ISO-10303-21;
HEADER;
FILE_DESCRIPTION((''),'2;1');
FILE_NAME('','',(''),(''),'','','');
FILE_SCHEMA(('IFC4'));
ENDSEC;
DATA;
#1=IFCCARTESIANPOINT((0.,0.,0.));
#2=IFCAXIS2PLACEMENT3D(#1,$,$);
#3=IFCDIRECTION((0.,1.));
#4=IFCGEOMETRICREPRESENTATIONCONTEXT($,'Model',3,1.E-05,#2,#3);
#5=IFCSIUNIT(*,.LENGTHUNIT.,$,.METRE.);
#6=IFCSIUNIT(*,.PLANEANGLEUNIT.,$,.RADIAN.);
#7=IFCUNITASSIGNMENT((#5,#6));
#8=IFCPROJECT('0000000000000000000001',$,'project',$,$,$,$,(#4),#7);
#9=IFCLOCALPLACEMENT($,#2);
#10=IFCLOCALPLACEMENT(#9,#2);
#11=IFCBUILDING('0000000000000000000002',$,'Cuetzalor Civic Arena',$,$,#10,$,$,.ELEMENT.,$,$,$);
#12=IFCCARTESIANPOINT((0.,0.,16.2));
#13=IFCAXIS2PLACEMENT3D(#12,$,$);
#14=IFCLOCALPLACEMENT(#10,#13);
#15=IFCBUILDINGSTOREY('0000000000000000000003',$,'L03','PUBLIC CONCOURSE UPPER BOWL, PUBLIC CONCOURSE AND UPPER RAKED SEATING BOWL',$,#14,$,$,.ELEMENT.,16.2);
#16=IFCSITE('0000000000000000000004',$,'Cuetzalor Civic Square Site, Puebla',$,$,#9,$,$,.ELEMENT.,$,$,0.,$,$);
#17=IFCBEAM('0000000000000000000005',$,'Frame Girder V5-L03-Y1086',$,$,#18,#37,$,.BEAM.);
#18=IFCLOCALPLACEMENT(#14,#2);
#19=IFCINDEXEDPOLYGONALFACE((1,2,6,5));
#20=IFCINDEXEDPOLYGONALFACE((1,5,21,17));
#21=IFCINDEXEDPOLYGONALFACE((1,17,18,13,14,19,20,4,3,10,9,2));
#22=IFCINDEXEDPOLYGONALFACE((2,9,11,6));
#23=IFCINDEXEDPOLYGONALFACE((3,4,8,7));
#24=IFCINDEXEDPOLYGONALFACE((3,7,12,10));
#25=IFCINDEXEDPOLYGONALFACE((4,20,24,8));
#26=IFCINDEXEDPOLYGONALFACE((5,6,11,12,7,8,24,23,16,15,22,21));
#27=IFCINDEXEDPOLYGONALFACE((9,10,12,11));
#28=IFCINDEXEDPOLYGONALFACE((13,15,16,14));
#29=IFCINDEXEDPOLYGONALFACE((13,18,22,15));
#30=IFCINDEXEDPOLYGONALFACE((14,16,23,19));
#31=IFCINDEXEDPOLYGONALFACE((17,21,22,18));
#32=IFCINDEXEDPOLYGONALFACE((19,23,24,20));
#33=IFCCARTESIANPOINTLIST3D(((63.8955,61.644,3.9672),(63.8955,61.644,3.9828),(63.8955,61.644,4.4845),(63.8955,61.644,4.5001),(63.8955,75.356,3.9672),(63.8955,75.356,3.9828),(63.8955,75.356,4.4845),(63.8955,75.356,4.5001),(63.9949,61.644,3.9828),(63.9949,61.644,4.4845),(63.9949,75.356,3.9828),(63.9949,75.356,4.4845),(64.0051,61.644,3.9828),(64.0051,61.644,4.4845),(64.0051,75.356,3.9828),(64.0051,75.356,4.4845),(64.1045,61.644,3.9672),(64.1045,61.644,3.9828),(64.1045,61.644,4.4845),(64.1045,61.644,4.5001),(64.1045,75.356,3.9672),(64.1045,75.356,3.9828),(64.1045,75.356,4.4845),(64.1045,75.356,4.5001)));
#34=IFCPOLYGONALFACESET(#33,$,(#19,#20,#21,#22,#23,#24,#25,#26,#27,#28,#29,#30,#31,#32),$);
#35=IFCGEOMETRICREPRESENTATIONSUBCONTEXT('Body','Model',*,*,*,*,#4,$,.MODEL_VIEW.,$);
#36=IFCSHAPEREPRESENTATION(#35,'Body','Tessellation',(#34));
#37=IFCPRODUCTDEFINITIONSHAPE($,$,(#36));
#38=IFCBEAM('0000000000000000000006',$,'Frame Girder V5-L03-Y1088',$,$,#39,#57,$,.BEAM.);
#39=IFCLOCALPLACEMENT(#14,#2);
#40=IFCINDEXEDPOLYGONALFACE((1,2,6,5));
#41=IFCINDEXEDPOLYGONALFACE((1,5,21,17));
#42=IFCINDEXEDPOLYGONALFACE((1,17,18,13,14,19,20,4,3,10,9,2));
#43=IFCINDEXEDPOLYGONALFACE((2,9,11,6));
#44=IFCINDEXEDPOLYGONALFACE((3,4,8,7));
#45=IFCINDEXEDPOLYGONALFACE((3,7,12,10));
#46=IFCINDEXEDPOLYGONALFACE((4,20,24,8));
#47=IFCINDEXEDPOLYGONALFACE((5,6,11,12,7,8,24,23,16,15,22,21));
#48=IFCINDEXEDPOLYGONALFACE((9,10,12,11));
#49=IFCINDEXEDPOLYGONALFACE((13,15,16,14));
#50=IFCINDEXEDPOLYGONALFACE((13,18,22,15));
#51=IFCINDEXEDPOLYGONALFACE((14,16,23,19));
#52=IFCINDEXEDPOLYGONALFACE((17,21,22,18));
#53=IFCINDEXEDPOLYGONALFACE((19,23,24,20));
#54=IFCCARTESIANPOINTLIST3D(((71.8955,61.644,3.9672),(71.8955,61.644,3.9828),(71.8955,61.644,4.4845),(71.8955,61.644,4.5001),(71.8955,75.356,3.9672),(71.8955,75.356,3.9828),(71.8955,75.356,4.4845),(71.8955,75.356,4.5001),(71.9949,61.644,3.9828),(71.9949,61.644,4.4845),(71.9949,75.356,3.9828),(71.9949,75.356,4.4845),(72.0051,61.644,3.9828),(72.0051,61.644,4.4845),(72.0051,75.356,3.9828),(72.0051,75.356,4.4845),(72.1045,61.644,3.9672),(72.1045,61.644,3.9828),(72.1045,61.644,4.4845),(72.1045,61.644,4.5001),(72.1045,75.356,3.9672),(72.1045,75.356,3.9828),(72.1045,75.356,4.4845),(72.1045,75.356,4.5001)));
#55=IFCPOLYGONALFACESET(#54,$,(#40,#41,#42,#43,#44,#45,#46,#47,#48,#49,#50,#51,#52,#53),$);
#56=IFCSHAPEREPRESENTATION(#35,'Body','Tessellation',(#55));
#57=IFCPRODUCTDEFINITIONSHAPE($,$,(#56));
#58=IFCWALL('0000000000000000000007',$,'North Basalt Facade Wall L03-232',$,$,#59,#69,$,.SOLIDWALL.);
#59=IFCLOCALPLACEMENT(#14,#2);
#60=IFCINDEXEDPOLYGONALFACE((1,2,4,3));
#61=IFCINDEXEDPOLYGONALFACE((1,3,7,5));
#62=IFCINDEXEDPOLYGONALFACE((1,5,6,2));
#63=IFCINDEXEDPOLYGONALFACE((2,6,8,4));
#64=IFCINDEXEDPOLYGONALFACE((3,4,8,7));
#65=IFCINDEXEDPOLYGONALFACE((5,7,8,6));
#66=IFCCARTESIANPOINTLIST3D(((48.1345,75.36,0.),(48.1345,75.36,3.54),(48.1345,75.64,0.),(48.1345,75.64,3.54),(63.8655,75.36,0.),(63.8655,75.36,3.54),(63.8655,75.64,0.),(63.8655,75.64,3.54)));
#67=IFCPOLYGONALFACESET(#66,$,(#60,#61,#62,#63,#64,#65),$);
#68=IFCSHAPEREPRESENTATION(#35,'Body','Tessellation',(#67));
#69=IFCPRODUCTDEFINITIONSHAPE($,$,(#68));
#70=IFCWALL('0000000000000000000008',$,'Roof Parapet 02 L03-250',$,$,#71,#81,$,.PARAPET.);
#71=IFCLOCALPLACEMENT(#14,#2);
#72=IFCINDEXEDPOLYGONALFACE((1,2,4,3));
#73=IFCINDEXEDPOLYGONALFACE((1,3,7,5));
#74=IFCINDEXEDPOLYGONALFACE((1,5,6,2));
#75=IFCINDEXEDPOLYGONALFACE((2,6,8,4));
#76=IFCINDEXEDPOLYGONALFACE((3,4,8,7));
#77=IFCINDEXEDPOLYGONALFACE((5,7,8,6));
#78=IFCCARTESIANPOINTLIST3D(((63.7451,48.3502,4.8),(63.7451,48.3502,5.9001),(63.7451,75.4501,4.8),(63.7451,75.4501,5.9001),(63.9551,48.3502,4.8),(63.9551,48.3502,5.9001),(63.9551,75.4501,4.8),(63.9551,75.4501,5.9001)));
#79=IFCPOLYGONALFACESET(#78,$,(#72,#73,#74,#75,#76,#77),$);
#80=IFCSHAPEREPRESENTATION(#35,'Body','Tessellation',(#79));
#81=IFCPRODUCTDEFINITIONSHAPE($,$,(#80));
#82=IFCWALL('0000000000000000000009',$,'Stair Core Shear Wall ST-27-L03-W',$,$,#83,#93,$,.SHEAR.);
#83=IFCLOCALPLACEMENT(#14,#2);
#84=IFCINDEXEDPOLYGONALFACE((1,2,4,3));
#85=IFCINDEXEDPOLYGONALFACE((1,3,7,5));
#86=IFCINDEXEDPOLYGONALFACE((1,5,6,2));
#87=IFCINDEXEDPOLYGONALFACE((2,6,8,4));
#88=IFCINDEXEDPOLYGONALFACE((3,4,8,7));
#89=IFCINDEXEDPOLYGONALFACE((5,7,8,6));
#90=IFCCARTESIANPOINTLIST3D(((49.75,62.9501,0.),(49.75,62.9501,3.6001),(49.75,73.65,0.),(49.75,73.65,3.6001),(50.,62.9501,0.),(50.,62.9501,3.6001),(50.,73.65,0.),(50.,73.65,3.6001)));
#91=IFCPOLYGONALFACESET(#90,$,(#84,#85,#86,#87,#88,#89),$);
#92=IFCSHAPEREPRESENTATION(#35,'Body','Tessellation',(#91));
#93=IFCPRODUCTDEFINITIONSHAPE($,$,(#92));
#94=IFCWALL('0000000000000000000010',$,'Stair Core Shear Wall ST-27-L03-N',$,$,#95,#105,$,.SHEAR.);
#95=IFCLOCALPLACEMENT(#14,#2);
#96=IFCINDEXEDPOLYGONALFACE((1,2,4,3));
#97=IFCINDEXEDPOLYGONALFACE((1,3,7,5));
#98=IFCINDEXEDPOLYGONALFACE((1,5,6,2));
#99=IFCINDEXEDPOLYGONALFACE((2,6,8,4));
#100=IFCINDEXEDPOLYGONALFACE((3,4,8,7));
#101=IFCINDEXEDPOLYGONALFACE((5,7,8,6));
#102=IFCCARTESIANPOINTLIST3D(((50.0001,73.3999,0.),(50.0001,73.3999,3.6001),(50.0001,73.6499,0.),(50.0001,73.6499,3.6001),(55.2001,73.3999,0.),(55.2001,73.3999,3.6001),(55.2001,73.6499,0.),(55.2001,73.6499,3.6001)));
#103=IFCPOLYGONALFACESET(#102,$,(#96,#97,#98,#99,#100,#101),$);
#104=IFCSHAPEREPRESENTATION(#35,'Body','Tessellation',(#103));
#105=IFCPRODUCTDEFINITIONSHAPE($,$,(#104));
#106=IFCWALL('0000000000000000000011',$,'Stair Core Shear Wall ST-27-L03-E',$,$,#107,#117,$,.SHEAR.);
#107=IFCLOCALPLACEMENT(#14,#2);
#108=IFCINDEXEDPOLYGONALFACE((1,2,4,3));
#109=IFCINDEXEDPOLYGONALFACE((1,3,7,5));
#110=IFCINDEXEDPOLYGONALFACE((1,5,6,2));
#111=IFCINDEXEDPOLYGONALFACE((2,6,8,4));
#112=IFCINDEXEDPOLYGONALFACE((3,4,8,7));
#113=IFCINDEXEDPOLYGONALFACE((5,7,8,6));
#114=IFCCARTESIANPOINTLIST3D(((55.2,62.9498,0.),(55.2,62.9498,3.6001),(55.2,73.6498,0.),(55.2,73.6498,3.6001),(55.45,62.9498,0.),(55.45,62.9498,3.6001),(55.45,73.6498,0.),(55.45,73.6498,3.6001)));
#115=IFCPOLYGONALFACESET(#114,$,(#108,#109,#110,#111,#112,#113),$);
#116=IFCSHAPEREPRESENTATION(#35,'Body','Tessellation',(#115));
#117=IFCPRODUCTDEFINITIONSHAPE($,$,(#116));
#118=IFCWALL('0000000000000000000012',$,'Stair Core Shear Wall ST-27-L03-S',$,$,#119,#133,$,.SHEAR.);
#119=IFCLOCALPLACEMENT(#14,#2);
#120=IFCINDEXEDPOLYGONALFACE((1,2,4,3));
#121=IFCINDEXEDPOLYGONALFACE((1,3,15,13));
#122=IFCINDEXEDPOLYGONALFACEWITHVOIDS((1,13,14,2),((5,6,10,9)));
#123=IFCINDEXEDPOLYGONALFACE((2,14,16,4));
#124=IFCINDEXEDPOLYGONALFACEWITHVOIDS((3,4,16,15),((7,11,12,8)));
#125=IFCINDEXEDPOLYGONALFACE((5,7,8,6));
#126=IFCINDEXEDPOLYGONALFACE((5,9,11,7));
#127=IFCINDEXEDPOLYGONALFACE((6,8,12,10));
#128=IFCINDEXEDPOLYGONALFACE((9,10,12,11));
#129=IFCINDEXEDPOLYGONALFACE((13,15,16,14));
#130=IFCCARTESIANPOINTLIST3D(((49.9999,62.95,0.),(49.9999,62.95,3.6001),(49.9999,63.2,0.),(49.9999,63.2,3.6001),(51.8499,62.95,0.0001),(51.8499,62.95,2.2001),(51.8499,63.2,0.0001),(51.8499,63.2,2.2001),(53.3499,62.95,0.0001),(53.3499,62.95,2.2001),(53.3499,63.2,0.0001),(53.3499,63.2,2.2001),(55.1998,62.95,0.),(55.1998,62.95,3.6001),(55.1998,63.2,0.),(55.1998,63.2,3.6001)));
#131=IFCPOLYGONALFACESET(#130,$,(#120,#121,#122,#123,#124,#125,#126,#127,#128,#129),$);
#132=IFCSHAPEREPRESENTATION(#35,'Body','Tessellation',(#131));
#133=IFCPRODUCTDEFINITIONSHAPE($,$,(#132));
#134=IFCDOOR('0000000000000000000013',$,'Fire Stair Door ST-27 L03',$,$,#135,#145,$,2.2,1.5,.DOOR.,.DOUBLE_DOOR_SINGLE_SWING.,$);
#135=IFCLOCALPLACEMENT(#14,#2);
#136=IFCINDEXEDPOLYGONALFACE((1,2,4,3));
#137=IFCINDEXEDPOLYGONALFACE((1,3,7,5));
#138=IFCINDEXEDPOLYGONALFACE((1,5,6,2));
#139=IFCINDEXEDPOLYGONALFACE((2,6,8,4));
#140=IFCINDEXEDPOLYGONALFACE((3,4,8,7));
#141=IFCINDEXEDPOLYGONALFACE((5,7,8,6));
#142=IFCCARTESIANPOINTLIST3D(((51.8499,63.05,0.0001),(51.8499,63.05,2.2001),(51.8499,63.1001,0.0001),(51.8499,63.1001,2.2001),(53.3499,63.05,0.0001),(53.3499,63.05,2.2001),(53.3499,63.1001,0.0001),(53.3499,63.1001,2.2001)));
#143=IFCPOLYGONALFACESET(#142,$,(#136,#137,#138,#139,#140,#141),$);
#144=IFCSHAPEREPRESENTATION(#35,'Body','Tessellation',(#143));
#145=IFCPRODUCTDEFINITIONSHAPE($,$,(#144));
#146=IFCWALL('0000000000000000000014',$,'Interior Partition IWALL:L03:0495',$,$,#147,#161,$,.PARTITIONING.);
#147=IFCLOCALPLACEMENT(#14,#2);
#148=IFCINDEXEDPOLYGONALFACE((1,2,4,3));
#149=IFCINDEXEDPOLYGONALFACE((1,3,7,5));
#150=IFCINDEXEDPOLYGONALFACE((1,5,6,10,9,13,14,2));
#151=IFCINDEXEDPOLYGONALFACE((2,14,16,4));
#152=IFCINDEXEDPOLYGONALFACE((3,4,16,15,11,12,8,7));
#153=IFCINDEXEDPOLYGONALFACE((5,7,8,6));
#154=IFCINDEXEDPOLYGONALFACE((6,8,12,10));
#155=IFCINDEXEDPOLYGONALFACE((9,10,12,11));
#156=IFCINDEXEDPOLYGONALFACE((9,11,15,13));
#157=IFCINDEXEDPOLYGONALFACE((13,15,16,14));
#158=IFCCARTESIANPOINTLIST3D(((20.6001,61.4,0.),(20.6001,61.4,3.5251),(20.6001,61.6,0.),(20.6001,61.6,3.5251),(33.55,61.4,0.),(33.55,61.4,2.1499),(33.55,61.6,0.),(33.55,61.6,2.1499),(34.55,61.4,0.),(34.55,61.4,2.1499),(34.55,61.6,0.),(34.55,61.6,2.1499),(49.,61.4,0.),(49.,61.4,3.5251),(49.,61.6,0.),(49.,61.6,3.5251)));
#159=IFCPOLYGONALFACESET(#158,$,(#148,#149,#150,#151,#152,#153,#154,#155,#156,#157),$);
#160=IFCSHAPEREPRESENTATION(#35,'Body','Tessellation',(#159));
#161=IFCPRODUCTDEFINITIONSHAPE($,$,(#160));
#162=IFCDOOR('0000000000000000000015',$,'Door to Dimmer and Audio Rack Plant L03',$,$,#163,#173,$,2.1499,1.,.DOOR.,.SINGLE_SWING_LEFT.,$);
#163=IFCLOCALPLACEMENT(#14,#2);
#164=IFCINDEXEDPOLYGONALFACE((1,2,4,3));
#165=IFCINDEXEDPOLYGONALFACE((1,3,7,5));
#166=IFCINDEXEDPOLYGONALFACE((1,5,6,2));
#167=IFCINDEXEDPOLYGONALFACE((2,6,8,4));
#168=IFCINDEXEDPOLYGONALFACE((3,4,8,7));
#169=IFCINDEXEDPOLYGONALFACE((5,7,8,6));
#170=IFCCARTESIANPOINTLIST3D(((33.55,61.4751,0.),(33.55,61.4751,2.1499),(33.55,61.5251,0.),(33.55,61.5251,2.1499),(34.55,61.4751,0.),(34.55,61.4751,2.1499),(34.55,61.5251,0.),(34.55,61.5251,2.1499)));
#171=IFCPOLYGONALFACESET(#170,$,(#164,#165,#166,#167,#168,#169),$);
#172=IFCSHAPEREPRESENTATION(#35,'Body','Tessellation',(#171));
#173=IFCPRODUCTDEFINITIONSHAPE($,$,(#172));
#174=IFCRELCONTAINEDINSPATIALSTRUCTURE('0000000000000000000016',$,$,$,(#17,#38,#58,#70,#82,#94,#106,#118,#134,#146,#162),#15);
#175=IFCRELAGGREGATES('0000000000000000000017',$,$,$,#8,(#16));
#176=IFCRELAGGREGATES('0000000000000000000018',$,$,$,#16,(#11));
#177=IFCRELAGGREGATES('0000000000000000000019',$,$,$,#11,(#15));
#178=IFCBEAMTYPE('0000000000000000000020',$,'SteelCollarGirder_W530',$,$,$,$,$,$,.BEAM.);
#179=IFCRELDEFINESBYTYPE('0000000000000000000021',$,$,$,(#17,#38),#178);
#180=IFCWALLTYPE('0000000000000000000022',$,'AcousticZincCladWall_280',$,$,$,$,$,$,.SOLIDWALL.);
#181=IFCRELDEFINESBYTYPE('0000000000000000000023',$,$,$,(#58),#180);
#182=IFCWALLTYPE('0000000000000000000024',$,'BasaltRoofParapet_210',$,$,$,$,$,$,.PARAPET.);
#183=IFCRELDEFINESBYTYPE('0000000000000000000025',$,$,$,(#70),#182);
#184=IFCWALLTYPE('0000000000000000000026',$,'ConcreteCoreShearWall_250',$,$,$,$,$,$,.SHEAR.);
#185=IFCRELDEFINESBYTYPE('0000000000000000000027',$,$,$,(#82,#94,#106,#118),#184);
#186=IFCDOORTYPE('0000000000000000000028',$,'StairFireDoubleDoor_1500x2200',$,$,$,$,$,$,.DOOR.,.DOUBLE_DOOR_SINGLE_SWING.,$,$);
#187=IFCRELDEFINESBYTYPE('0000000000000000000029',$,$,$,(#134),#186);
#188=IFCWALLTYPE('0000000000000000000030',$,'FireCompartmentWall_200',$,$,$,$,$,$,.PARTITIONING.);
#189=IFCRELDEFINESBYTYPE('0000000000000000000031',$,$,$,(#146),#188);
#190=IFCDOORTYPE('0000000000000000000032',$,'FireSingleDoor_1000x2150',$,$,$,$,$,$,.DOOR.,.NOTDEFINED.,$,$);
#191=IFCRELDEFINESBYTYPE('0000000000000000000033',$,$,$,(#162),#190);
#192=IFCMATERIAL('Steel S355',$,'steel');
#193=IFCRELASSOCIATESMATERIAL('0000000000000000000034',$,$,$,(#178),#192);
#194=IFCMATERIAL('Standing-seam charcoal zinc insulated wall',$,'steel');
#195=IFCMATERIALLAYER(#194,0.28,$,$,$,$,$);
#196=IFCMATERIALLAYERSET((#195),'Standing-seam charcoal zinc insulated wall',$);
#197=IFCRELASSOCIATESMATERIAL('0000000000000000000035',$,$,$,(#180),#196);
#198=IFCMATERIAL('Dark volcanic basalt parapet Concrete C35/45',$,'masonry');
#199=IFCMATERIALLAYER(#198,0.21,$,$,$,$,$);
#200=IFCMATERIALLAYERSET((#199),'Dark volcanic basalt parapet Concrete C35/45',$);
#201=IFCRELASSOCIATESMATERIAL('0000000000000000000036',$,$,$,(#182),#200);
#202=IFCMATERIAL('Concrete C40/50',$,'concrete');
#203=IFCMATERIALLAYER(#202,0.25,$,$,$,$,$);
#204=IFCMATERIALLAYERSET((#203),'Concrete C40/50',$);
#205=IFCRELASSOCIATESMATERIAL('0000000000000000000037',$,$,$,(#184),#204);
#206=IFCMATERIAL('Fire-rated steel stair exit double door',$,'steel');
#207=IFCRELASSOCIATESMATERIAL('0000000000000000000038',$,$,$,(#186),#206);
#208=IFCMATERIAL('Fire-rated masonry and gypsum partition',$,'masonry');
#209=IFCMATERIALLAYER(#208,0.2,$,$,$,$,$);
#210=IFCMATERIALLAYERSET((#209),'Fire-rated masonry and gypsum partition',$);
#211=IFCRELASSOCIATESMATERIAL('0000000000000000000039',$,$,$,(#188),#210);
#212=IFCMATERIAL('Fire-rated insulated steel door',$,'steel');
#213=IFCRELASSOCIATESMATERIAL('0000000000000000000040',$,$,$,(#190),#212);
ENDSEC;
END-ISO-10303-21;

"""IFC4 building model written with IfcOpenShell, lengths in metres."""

from ifc_helpers import new_model, si_unit, direction, frame, frame_2d, origin, origin_2d, place, context, subcontext, project, spatial, rectangle, i_section, extrude, material, layer, layer_set, material_profile, profile_set, type_object, element, fill, save


model = new_model("IFC4")

# Units and contexts
model_context = context("Model", 3, precision=1e-05, world=origin(), true_north=direction((0.0, 1.0)))
body_context = subcontext(model_context, "Body", "Model", "MODEL_VIEW")
ifc_project = project(units=[si_unit("LENGTHUNIT", "METRE"), si_unit("PLANEANGLEUNIT", "RADIAN")], contexts=[model_context])

# Site, building, storey
site_placement = place(None, origin())
site = spatial("IfcSite", under=ifc_project, at=site_placement, Name="Cuetzalor Civic Square Site, Puebla", CompositionType="ELEMENT", RefElevation=0.0)
building_placement = place(site_placement, origin())
building = spatial("IfcBuilding", under=site, at=building_placement, Name="Cuetzalor Civic Arena", CompositionType="ELEMENT")
storey_placement = place(building_placement, frame((0.0, 0.0, 16.2)))
storey = spatial("IfcBuildingStorey", under=building, at=storey_placement, Name="L03", Description="PUBLIC CONCOURSE UPPER BOWL, PUBLIC CONCOURSE AND UPPER RAKED SEATING BOWL", CompositionType="ELEMENT", Elevation=16.2)

# Beams
ifc_material_1 = material(Name="Steel S355", Category="steel")
ifc_material_profile_1 = material_profile(ifc_material_1, i_section(OverallWidth=0.209, OverallDepth=0.533, WebThickness=0.0103, FlangeThickness=0.0156, at=origin_2d()), Name="W530x92")
ifc_profile_set_1 = profile_set([ifc_material_profile_1], Name="Steel S355")
beam_type_1 = type_object("IfcBeamType", Name="SteelCollarGirder_W530", PredefinedType="BEAM", material=ifc_profile_set_1)
for number, where, z_axis, x_axis, name in (
    (1, (64.0, 61.644, 4.2336), (0.0, 1.0, 0.0), (-1.0, 0.0, 0.0), "Frame Girder V5-L03-Y1086"),
    (2, (72.0, 61.644, 4.2336), (0.0, 1.0, 0.0), (-1.0, 0.0, 0.0), "Frame Girder V5-L03-Y1088"),
):
    element("IfcBeam", number, at=place(storey_placement, frame(where, z_axis=z_axis, x_axis=x_axis)), inside=storey, type_object=beam_type_1, Name=name, PredefinedType="BEAM", context=body_context, shape_type="SweptSolid", body=[
        extrude(i_section(OverallWidth=0.209, OverallDepth=0.533, WebThickness=0.0103, FlangeThickness=0.0156, at=origin_2d()), origin(), (0.0, 0.0, 1.0), 13.7119),
    ])

# Walls
ifc_material_2 = material(Name="Standing-seam charcoal zinc insulated wall", Category="steel")
ifc_layer_1 = layer(ifc_material_2, 0.28)
ifc_layer_set_1 = layer_set([ifc_layer_1], Name="Standing-seam charcoal zinc insulated wall")
wall_type_1 = type_object("IfcWallType", Name="AcousticZincCladWall_280", PredefinedType="SOLIDWALL", material=ifc_layer_set_1)
wall_1_placement = place(storey_placement, frame((48.1345, 75.5, 0.0), z_axis=(0.0, 0.0, 1.0), x_axis=(1.0, 0.0, 0.0)))
element("IfcWall", 3, at=wall_1_placement, inside=storey, type_object=wall_type_1, Name="North Basalt Facade Wall L03-232", PredefinedType="SOLIDWALL", context=body_context, shape_type="SweptSolid", body=[
    extrude(rectangle(XDim=15.731, YDim=0.28, at=frame_2d((7.8655, 0.0))), origin(), (0.0, 0.0, 1.0), 3.54),
])
ifc_material_3 = material(Name="Dark volcanic basalt parapet Concrete C35/45", Category="masonry")
ifc_layer_2 = layer(ifc_material_3, 0.21)
ifc_layer_set_2 = layer_set([ifc_layer_2], Name="Dark volcanic basalt parapet Concrete C35/45")
wall_type_2 = type_object("IfcWallType", Name="BasaltRoofParapet_210", PredefinedType="PARAPET", material=ifc_layer_set_2)
wall_2_placement = place(storey_placement, frame((63.8501, 75.45, 4.8), z_axis=(0.0, 0.0, 1.0), x_axis=(0.0, -1.0, 0.0)))
element("IfcWall", 4, at=wall_2_placement, inside=storey, type_object=wall_type_2, Name="Roof Parapet 02 L03-250", PredefinedType="PARAPET", context=body_context, shape_type="SweptSolid", body=[
    extrude(rectangle(XDim=27.0999, YDim=0.21, at=frame_2d((13.5498, 0.0))), origin(), (0.0, 0.0, 1.0), 1.1001),
])
ifc_material_4 = material(Name="Concrete C40/50", Category="concrete")
ifc_layer_3 = layer(ifc_material_4, 0.25)
ifc_layer_set_3 = layer_set([ifc_layer_3], Name="Concrete C40/50")
wall_type_3 = type_object("IfcWallType", Name="ConcreteCoreShearWall_250", PredefinedType="SHEAR", material=ifc_layer_set_3)
wall_3_placement = place(storey_placement, frame((49.875, 62.95, 0.0), z_axis=(0.0, 0.0, 1.0), x_axis=(0.0, 1.0, 0.0)))
element("IfcWall", 5, at=wall_3_placement, inside=storey, type_object=wall_type_3, Name="Stair Core Shear Wall ST-27-L03-W", PredefinedType="SHEAR", context=body_context, shape_type="SweptSolid", body=[
    extrude(rectangle(XDim=10.7, YDim=0.25, at=frame_2d((5.3501, 0.0))), origin(), (0.0, 0.0, 1.0), 3.6001),
])
wall_4_placement = place(storey_placement, frame((50.0, 73.5249, 0.0), z_axis=(0.0, 0.0, 1.0), x_axis=(1.0, 0.0, 0.0)))
element("IfcWall", 6, at=wall_4_placement, inside=storey, type_object=wall_type_3, Name="Stair Core Shear Wall ST-27-L03-N", PredefinedType="SHEAR", context=body_context, shape_type="SweptSolid", body=[
    extrude(rectangle(XDim=5.2, YDim=0.25, at=frame_2d((2.6001, 0.0))), origin(), (0.0, 0.0, 1.0), 3.6001),
])
wall_5_placement = place(storey_placement, frame((55.325, 73.6499, 0.0), z_axis=(0.0, 0.0, 1.0), x_axis=(0.0, -1.0, 0.0)))
element("IfcWall", 7, at=wall_5_placement, inside=storey, type_object=wall_type_3, Name="Stair Core Shear Wall ST-27-L03-E", PredefinedType="SHEAR", context=body_context, shape_type="SweptSolid", body=[
    extrude(rectangle(XDim=10.7, YDim=0.25, at=frame_2d((5.3501, 0.0))), origin(), (0.0, 0.0, 1.0), 3.6001),
])

# Walls, openings, doors
wall_6_placement = place(storey_placement, frame((55.2, 63.075, 0.0), z_axis=(0.0, 0.0, 1.0), x_axis=(-1.0, 0.0, 0.0)))
wall_6 = element("IfcWall", 8, at=wall_6_placement, inside=storey, type_object=wall_type_3, Name="Stair Core Shear Wall ST-27-L03-S", PredefinedType="SHEAR", context=body_context, shape_type="SweptSolid", body=[
    extrude(rectangle(XDim=5.2, YDim=0.25, at=frame_2d((2.6001, 0.0))), origin(), (0.0, 0.0, 1.0), 3.6001),
])
opening_1_placement = place(wall_6_placement, frame((1.8501, 0.0, 0.0)))
opening_1 = element("IfcOpeningElement", 9, at=opening_1_placement, cuts=wall_6, PredefinedType="OPENING", context=body_context, shape_type="SweptSolid", body=[
    extrude(rectangle(XDim=1.5, YDim=2.2, at=frame_2d((0.75, 1.1001))), frame((0.0, 0.135, 0.0), z_axis=(0.0, -1.0, 0.0), x_axis=(1.0, 0.0, 0.0)), (0.0, 0.0, 1.0), 0.27),
])
ifc_material_5 = material(Name="Fire-rated steel stair exit double door", Category="steel")
door_type_1 = type_object("IfcDoorType", Name="StairFireDoubleDoor_1500x2200", OperationType="DOUBLE_DOOR_SINGLE_SWING", PredefinedType="DOOR", material=ifc_material_5)
door_1_placement = place(opening_1_placement, origin())
door_1 = element("IfcDoor", 10, at=door_1_placement, inside=storey, type_object=door_type_1, Name="Fire Stair Door ST-27 L03", OperationType="DOUBLE_DOOR_SINGLE_SWING", OverallHeight=2.2, OverallWidth=1.5, PredefinedType="DOOR", context=body_context, shape_type="SweptSolid", body=[
    extrude(rectangle(XDim=1.5, YDim=2.2, at=frame_2d((0.75, 1.1001))), frame((0.0, 0.0249, 0.0), z_axis=(0.0, -1.0, 0.0), x_axis=(1.0, 0.0, 0.0)), (0.0, 0.0, 1.0), 0.05),
])
fill(opening_1, door_1)
ifc_material_6 = material(Name="Fire-rated masonry and gypsum partition", Category="masonry")
ifc_layer_4 = layer(ifc_material_6, 0.2)
ifc_layer_set_4 = layer_set([ifc_layer_4], Name="Fire-rated masonry and gypsum partition")
wall_type_4 = type_object("IfcWallType", Name="FireCompartmentWall_200", PredefinedType="PARTITIONING", material=ifc_layer_set_4)
wall_7_placement = place(storey_placement, frame((49.0, 61.5, 0.0), z_axis=(0.0, 0.0, 1.0), x_axis=(-1.0, 0.0, 0.0)))
wall_7 = element("IfcWall", 11, at=wall_7_placement, inside=storey, type_object=wall_type_4, Name="Interior Partition IWALL:L03:0495", PredefinedType="PARTITIONING", context=body_context, shape_type="SweptSolid", body=[
    extrude(rectangle(XDim=28.3999, YDim=0.2, at=frame_2d((14.2, 0.0))), origin(), (0.0, 0.0, 1.0), 3.5251),
])
opening_2_placement = place(wall_7_placement, frame((14.45, 0.0, 0.0)))
opening_2 = element("IfcOpeningElement", 12, at=opening_2_placement, cuts=wall_7, PredefinedType="OPENING", context=body_context, shape_type="SweptSolid", body=[
    extrude(rectangle(XDim=1.0, YDim=2.1499, at=frame_2d((0.5, 1.075))), frame((0.0, 0.1099, 0.0), z_axis=(0.0, -1.0, 0.0), x_axis=(1.0, 0.0, 0.0)), (0.0, 0.0, 1.0), 0.22),
])
ifc_material_7 = material(Name="Fire-rated insulated steel door", Category="steel")
door_type_2 = type_object("IfcDoorType", Name="FireSingleDoor_1000x2150", OperationType="NOTDEFINED", PredefinedType="DOOR", material=ifc_material_7)
door_2_placement = place(opening_2_placement, origin())
door_2 = element("IfcDoor", 13, at=door_2_placement, inside=storey, type_object=door_type_2, Name="Door to Dimmer and Audio Rack Plant L03", OperationType="SINGLE_SWING_LEFT", OverallHeight=2.1499, OverallWidth=1.0, PredefinedType="DOOR", context=body_context, shape_type="SweptSolid", body=[
    extrude(rectangle(XDim=1.0, YDim=2.1499, at=frame_2d((0.5, 1.075))), frame((0.0, 0.0249, 0.0), z_axis=(0.0, -1.0, 0.0), x_axis=(1.0, 0.0, 0.0)), (0.0, 0.0, 1.0), 0.05),
])
fill(opening_2, door_2)

save(model, "model.ifc")
